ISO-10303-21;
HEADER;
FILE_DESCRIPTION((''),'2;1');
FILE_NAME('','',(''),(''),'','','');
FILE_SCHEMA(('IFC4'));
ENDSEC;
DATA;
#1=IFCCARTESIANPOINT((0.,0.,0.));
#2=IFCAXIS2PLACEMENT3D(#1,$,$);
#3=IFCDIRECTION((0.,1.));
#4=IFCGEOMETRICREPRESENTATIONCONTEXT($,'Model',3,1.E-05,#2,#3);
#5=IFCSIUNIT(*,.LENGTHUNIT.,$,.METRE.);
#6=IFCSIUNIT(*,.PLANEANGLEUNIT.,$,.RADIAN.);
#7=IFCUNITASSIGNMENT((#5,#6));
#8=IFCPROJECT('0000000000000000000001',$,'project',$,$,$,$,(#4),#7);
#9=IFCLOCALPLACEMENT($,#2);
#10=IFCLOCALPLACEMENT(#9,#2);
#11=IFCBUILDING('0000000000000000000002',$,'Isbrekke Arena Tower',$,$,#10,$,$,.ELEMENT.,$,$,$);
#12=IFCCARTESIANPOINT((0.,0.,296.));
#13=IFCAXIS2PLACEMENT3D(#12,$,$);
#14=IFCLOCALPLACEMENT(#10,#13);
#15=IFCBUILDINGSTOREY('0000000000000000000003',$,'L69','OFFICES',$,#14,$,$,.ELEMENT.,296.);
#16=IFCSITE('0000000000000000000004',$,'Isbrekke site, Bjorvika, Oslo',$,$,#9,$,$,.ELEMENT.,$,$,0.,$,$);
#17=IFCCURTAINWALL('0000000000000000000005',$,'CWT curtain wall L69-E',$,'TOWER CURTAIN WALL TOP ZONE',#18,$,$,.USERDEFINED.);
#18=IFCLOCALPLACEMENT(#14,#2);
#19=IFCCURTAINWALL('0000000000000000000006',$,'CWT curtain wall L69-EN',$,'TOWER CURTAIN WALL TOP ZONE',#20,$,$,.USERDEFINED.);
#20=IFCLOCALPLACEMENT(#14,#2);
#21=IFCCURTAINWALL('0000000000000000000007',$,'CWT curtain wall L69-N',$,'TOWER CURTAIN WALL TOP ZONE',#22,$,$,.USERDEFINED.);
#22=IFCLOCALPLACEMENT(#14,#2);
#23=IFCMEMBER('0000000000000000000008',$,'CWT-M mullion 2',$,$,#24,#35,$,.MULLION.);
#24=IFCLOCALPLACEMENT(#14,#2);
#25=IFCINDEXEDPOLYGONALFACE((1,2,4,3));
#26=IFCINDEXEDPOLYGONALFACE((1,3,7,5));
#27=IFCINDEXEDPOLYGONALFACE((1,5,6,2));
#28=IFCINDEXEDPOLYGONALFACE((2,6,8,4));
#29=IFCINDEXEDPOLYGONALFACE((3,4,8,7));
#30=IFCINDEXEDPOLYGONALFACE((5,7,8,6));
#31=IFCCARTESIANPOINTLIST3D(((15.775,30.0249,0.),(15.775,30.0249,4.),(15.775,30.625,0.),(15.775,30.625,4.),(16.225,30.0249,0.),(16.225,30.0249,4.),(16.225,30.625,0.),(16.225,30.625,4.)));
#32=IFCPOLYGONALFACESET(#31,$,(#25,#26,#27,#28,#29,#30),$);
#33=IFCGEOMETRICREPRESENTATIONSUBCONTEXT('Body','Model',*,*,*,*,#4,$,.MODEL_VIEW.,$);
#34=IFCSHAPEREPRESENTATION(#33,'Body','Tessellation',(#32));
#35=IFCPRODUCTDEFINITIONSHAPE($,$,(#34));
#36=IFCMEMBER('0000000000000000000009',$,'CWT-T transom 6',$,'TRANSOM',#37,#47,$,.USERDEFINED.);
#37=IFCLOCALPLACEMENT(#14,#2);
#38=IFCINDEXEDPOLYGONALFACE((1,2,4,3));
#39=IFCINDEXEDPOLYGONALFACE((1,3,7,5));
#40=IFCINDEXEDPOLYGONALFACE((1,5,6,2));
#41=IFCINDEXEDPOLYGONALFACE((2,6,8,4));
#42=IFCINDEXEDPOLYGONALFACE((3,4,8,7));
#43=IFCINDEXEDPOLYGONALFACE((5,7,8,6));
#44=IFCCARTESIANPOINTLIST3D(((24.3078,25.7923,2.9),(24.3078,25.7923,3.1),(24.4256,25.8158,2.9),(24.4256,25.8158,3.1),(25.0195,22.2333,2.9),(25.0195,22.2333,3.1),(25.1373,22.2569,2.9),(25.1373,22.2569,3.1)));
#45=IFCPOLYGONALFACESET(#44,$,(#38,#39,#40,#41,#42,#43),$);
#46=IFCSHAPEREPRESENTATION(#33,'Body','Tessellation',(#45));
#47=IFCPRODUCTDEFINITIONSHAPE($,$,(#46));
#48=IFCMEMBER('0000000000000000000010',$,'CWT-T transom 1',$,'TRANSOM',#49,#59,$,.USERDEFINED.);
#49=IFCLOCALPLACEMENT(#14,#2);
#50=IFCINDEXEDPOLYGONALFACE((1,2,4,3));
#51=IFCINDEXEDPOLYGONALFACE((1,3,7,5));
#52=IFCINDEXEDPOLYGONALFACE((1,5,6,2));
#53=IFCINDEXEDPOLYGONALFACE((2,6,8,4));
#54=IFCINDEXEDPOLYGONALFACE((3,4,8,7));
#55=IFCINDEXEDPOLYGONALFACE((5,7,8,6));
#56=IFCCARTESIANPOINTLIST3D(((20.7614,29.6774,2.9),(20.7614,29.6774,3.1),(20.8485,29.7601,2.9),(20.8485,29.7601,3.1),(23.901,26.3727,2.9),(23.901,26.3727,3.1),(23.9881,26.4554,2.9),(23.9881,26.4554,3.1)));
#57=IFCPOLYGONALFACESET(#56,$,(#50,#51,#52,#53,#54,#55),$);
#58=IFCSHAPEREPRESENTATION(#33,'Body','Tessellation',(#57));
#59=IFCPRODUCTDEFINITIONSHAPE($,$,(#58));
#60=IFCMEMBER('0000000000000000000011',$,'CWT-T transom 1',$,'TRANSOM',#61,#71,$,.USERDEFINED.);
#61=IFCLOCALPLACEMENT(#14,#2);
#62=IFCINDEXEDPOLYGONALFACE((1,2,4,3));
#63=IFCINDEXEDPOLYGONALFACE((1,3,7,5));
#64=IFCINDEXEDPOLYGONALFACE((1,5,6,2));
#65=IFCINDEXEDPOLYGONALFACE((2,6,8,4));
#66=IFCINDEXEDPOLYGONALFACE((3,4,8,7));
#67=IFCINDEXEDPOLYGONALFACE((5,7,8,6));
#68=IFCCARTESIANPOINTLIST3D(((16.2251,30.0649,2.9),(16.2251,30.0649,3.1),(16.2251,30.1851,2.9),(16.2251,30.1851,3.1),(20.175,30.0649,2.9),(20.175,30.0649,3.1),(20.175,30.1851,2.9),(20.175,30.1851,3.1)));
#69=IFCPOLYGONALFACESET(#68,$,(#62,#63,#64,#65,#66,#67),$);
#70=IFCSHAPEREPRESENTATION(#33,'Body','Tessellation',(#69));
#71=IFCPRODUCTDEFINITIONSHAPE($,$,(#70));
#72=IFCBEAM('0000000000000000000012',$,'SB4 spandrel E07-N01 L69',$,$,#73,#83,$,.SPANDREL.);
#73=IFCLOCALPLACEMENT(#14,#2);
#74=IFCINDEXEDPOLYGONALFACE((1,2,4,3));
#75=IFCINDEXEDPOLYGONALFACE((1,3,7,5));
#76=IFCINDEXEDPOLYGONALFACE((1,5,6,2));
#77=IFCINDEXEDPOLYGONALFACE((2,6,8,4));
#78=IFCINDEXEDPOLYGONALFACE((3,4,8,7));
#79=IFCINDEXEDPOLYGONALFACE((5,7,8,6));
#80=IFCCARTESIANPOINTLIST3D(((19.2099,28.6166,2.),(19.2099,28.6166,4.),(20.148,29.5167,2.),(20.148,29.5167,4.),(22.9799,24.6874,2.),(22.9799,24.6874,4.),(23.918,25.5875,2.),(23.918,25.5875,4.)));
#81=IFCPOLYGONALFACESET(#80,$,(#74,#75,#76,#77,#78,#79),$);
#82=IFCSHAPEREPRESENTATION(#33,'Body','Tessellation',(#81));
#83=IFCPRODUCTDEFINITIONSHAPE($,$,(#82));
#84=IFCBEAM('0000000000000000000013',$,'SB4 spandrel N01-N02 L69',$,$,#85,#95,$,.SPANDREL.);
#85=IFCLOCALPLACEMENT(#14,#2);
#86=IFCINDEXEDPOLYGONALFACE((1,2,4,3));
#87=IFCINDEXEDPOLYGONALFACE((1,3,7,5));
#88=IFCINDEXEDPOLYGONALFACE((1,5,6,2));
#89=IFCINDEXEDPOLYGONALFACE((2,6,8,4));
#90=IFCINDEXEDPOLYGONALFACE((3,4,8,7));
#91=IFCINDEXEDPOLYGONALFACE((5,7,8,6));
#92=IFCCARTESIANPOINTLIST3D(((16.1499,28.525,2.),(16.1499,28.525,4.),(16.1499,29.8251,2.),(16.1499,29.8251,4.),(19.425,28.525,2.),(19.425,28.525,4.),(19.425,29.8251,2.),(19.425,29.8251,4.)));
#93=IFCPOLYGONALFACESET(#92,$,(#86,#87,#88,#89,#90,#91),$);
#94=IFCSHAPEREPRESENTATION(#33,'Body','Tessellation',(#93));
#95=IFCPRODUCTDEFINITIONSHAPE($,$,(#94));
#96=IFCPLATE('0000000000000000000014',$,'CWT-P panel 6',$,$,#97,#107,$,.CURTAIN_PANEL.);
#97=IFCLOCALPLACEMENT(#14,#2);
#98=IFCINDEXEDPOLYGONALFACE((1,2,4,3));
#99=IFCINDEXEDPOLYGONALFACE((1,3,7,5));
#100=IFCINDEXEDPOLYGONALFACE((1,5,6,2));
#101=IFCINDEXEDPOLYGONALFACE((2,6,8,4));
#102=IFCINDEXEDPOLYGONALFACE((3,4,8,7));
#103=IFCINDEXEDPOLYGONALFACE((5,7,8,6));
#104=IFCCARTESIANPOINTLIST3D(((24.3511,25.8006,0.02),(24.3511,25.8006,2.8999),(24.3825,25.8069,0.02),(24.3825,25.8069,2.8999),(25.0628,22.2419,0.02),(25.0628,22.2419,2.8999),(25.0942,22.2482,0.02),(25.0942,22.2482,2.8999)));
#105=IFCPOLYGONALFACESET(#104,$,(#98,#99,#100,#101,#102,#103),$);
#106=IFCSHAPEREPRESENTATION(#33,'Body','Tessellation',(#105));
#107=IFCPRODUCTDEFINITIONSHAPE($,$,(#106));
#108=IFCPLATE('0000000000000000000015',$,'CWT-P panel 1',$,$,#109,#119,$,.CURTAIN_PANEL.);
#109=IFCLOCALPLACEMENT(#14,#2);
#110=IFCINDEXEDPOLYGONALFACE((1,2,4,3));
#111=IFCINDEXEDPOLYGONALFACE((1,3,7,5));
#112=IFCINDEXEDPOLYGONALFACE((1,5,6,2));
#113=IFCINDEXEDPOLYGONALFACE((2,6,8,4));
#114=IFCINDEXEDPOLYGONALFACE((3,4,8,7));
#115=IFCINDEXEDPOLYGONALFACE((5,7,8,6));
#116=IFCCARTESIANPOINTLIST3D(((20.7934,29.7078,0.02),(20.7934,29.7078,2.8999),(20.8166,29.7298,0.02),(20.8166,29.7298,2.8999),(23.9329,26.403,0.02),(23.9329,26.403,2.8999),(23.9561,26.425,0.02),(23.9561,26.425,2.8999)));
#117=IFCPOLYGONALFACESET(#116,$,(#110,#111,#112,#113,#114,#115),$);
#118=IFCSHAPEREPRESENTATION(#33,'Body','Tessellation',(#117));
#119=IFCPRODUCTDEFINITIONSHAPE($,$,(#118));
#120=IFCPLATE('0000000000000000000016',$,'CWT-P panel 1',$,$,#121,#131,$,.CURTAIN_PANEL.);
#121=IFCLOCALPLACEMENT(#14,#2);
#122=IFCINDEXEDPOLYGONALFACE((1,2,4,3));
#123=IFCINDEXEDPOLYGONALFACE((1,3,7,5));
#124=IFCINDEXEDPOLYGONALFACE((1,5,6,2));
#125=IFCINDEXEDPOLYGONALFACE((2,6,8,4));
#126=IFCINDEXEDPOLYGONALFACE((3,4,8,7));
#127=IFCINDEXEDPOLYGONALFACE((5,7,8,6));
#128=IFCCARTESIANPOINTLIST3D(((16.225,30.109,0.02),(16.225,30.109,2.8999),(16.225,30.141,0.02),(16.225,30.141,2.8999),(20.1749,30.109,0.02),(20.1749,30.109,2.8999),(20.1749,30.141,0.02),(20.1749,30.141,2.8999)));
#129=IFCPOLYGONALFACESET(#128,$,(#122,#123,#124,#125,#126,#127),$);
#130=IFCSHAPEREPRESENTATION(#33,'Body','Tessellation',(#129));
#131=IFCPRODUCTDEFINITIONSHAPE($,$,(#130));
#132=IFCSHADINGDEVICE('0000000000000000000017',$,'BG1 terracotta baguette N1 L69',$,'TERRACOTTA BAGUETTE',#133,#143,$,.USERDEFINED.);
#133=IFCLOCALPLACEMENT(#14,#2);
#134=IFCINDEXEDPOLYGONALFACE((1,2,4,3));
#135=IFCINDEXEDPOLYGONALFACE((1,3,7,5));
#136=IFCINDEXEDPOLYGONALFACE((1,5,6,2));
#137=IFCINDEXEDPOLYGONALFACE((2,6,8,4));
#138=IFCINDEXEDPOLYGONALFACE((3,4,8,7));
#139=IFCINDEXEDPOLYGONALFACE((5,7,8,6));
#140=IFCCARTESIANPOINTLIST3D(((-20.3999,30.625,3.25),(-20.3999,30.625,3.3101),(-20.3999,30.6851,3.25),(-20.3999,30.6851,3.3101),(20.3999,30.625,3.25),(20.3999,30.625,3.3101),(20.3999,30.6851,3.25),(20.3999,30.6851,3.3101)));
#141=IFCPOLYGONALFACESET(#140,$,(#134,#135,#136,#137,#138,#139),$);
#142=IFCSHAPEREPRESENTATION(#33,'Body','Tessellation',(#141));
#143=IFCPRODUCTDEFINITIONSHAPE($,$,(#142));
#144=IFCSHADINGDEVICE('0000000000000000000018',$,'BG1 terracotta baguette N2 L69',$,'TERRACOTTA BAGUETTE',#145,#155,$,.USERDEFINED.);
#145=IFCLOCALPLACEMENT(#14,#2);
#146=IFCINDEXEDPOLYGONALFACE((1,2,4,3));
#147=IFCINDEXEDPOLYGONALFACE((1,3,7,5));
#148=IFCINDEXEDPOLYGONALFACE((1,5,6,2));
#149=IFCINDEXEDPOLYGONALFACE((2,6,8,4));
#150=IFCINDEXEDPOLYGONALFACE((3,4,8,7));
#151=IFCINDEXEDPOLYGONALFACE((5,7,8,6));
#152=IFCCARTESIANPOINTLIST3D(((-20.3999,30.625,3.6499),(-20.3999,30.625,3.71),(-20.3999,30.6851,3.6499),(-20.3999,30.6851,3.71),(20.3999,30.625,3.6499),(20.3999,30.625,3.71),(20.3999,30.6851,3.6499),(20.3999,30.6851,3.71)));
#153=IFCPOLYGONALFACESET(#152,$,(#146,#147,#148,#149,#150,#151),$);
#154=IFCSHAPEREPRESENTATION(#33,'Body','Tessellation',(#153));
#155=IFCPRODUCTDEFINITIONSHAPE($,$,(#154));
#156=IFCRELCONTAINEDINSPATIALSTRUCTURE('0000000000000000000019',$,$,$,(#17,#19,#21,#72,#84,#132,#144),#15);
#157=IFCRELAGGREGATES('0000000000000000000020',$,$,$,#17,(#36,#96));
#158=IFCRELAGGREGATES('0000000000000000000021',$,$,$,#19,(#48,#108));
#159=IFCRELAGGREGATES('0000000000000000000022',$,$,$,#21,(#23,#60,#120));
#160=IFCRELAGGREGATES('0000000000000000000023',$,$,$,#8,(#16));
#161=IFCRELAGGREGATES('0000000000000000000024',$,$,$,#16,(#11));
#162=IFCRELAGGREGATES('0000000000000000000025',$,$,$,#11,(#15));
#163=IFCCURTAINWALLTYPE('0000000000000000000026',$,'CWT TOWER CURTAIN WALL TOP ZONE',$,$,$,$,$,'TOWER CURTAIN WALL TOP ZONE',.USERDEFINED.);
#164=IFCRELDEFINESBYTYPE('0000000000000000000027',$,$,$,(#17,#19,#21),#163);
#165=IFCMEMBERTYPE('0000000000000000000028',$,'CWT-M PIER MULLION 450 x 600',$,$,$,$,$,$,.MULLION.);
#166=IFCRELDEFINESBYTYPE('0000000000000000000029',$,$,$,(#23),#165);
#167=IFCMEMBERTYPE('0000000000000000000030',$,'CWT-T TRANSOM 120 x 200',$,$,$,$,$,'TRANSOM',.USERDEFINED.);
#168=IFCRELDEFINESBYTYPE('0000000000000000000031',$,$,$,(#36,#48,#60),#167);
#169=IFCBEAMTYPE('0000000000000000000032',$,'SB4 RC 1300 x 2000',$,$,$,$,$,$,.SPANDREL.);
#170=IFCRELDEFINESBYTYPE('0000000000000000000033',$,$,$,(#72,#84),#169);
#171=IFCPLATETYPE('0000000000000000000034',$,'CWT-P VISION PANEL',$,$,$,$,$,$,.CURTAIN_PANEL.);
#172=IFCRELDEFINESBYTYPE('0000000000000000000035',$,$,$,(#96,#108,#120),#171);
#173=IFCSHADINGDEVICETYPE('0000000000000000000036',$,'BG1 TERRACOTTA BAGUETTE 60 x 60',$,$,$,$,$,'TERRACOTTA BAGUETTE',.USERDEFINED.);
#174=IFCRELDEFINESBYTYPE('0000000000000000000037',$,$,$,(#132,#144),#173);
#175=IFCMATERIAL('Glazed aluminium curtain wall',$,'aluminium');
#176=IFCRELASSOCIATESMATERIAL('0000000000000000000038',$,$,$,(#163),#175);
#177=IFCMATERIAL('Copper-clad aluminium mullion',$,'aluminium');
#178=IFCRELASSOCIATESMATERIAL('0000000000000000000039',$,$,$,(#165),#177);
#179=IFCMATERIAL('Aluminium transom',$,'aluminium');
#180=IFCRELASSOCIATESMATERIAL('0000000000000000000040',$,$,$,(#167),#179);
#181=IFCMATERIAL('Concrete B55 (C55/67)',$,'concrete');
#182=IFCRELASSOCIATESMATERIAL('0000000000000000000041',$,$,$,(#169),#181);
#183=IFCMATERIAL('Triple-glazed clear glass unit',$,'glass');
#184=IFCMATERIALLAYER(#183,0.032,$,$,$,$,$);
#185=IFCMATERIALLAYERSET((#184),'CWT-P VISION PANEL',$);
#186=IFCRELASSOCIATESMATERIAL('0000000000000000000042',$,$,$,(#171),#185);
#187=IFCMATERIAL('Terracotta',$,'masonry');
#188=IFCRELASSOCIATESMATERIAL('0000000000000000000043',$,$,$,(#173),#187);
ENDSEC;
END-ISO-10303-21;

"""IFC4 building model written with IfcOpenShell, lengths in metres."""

from ifc_helpers import new_model, si_unit, direction, frame, origin, origin_2d, place, context, subcontext, project, spatial, rectangle, extrude, material, layer, layer_set, material_profile, profile_set, type_object, element, aggregate, save


model = new_model("IFC4")

# Units and contexts
model_context = context("Model", 3, precision=1e-05, world=origin(), true_north=direction((0.0, 1.0)))
body_context = subcontext(model_context, "Body", "Model", "MODEL_VIEW")
ifc_project = project(units=[si_unit("LENGTHUNIT", "METRE"), si_unit("PLANEANGLEUNIT", "RADIAN")], contexts=[model_context])

# Site, building, storey
site_placement = place(None, origin())
site = spatial("IfcSite", under=ifc_project, at=site_placement, Name="Isbrekke site, Bjorvika, Oslo", CompositionType="ELEMENT", RefElevation=0.0)
building_placement = place(site_placement, origin())
building = spatial("IfcBuilding", under=site, at=building_placement, Name="Isbrekke Arena Tower", CompositionType="ELEMENT")
storey_placement = place(building_placement, frame((0.0, 0.0, 296.0)))
storey = spatial("IfcBuildingStorey", under=building, at=storey_placement, Name="L69", Description="OFFICES", CompositionType="ELEMENT", Elevation=296.0)

# Curtain wall
ifc_material_1 = material(Name="Glazed aluminium curtain wall", Category="aluminium")
curtain_wall_type = type_object("IfcCurtainWallType", Name="CWT TOWER CURTAIN WALL TOP ZONE", ElementType="TOWER CURTAIN WALL TOP ZONE", PredefinedType="USERDEFINED", material=ifc_material_1)
curtain_wall_1_placement = place(storey_placement, origin())
curtain_wall_1 = element("IfcCurtainWall", 1, at=curtain_wall_1_placement, inside=storey, type_object=curtain_wall_type, Name="CWT curtain wall L69-E", ObjectType="TOWER CURTAIN WALL TOP ZONE", PredefinedType="USERDEFINED")
ifc_material_2 = material(Name="Copper-clad aluminium mullion", Category="aluminium")
ifc_material_profile_1 = material_profile(ifc_material_2, rectangle(XDim=0.45, YDim=0.6001, at=origin_2d()), Name="PIER 450X600")
ifc_profile_set_1 = profile_set([ifc_material_profile_1], Name="Copper-clad aluminium mullion")
member_type_1 = type_object("IfcMemberType", Name="CWT-M PIER MULLION 450 x 600", PredefinedType="MULLION", material=ifc_profile_set_1)

# Curtain walls, member
curtain_wall_2_placement = place(storey_placement, origin())
curtain_wall_2 = element("IfcCurtainWall", 2, at=curtain_wall_2_placement, inside=storey, type_object=curtain_wall_type, Name="CWT curtain wall L69-EN", ObjectType="TOWER CURTAIN WALL TOP ZONE", PredefinedType="USERDEFINED")
curtain_wall_3_placement = place(storey_placement, origin())
curtain_wall_3 = element("IfcCurtainWall", 3, at=curtain_wall_3_placement, inside=storey, type_object=curtain_wall_type, Name="CWT curtain wall L69-N", ObjectType="TOWER CURTAIN WALL TOP ZONE", PredefinedType="USERDEFINED")
member_1_placement = place(storey_placement, frame((16.0, 30.325, 0.0), z_axis=(0.0, 0.0, 1.0), x_axis=(-1.0, 0.0, 0.0)))
member_1 = element("IfcMember", 4, at=member_1_placement, type_object=member_type_1, Name="CWT-M mullion 2", PredefinedType="MULLION", context=body_context, shape_type="SweptSolid", body=[
    extrude(rectangle(XDim=0.45, YDim=0.6001, at=origin_2d()), origin(), (0.0, 0.0, 1.0), 4.0),
])

# Members
ifc_material_3 = material(Name="Aluminium transom", Category="aluminium")
ifc_material_profile_2 = material_profile(ifc_material_3, rectangle(XDim=0.1201, YDim=0.2, at=origin_2d()), Name="TRANSOM 120X200")
ifc_profile_set_2 = profile_set([ifc_material_profile_2], Name="Aluminium transom")
member_type_2 = type_object("IfcMemberType", Name="CWT-T TRANSOM 120 x 200", ElementType="TRANSOM", PredefinedType="USERDEFINED", material=ifc_profile_set_2)
member_2_placement = place(storey_placement, frame((25.0784, 22.2451, 3.0), z_axis=(-0.19609, 0.980586, 0.0), x_axis=(-0.980586, -0.19609, 0.0)))
member_2 = element("IfcMember", 5, at=member_2_placement, type_object=member_type_2, Name="CWT-T transom 6", ObjectType="TRANSOM", PredefinedType="USERDEFINED", context=body_context, shape_type="SweptSolid", body=[
    extrude(rectangle(XDim=0.1201, YDim=0.2, at=origin_2d()), origin(), (0.0, 0.0, 1.0), 3.6294),
])
member_3_placement = place(storey_placement, frame((23.9446, 26.4141, 3.0), z_axis=(-0.688772, 0.724978, 0.0), x_axis=(-0.724978, -0.688772, 0.0)))
member_3 = element("IfcMember", 6, at=member_3_placement, type_object=member_type_2, Name="CWT-T transom 1", ObjectType="TRANSOM", PredefinedType="USERDEFINED", context=body_context, shape_type="SweptSolid", body=[
    extrude(rectangle(XDim=0.1201, YDim=0.2, at=origin_2d()), origin(), (0.0, 0.0, 1.0), 4.5583),
])
member_4_placement = place(storey_placement, frame((20.175, 30.125, 3.0), z_axis=(-1.0, 0.0, 0.0), x_axis=(0.0, -1.0, 0.0)))
member_4 = element("IfcMember", 7, at=member_4_placement, type_object=member_type_2, Name="CWT-T transom 1", ObjectType="TRANSOM", PredefinedType="USERDEFINED", context=body_context, shape_type="SweptSolid", body=[
    extrude(rectangle(XDim=0.1201, YDim=0.2, at=origin_2d()), origin(), (0.0, 0.0, 1.0), 3.95),
])

# Beams
ifc_material_4 = material(Name="Concrete B55 (C55/67)", Category="concrete")
ifc_material_profile_3 = material_profile(ifc_material_4, rectangle(XDim=1.3, YDim=2.0, at=origin_2d()), Name="RC 1300x2000")
ifc_profile_set_3 = profile_set([ifc_material_profile_3], Name="Concrete B55 (C55/67)")
beam_type_1 = type_object("IfcBeamType", Name="SB4 RC 1300 x 2000", PredefinedType="SPANDREL", material=ifc_profile_set_3)
beam_1_placement = place(storey_placement, frame((23.449, 25.1375, 3.0), z_axis=(-0.69234, 0.721572, 0.0), x_axis=(-0.721572, -0.69234, 0.0)))
element("IfcBeam", 8, at=beam_1_placement, inside=storey, type_object=beam_type_1, Name="SB4 spandrel E07-N01 L69", PredefinedType="SPANDREL", context=body_context, shape_type="SweptSolid", body=[
    extrude(rectangle(XDim=1.3, YDim=2.0, at=origin_2d()), origin(), (0.0, 0.0, 1.0), 5.4453),
])
beam_2_placement = place(storey_placement, frame((19.425, 29.175, 3.0), z_axis=(-1.0, 0.0, 0.0), x_axis=(0.0, -1.0, 0.0)))
element("IfcBeam", 9, at=beam_2_placement, inside=storey, type_object=beam_type_1, Name="SB4 spandrel N01-N02 L69", PredefinedType="SPANDREL", context=body_context, shape_type="SweptSolid", body=[
    extrude(rectangle(XDim=1.3, YDim=2.0, at=origin_2d()), origin(), (0.0, 0.0, 1.0), 3.2751),
])

# Plates
ifc_material_5 = material(Name="Triple-glazed clear glass unit", Category="glass")
ifc_layer = layer(ifc_material_5, 0.032)
ifc_layer_set = layer_set([ifc_layer], Name="CWT-P VISION PANEL")
plate_type = type_object("IfcPlateType", Name="CWT-P VISION PANEL", PredefinedType="CURTAIN_PANEL", material=ifc_layer_set)
plate_1_placement = place(storey_placement, frame((24.7227, 24.0244, 0.02), z_axis=(0.0, 0.0, 1.0), x_axis=(-0.196116, 0.980581, 0.0)))
plate_1 = element("IfcPlate", 10, at=plate_1_placement, type_object=plate_type, Name="CWT-P panel 6", PredefinedType="CURTAIN_PANEL", context=body_context, shape_type="SweptSolid", body=[
    extrude(rectangle(XDim=3.6292, YDim=0.032, at=origin_2d()), origin(), (0.0, 0.0, 1.0), 2.8799),
])
aggregate(curtain_wall_1, [member_2, plate_1])
plate_2_placement = place(storey_placement, frame((22.3748, 28.0664, 0.02), z_axis=(0.0, 0.0, 1.0), x_axis=(-0.688749, 0.724999, 0.0)))
plate_2 = element("IfcPlate", 11, at=plate_2_placement, type_object=plate_type, Name="CWT-P panel 1", PredefinedType="CURTAIN_PANEL", context=body_context, shape_type="SweptSolid", body=[
    extrude(rectangle(XDim=4.5583, YDim=0.032, at=origin_2d()), origin(), (0.0, 0.0, 1.0), 2.8799),
])
aggregate(curtain_wall_2, [member_3, plate_2])
plate_3_placement = place(storey_placement, frame((18.2, 30.125, 0.02), z_axis=(0.0, 0.0, 1.0), x_axis=(-1.0, 0.0, 0.0)))
plate_3 = element("IfcPlate", 12, at=plate_3_placement, type_object=plate_type, Name="CWT-P panel 1", PredefinedType="CURTAIN_PANEL", context=body_context, shape_type="SweptSolid", body=[
    extrude(rectangle(XDim=3.95, YDim=0.032, at=origin_2d()), origin(), (0.0, 0.0, 1.0), 2.8799),
])
aggregate(curtain_wall_3, [member_1, member_4, plate_3])

# Shading devices
ifc_material_6 = material(Name="Terracotta", Category="masonry")
ifc_material_profile_4 = material_profile(ifc_material_6, rectangle(XDim=0.0601, YDim=0.0601, at=origin_2d()), Name="BAGUETTE 60X60")
ifc_profile_set_4 = profile_set([ifc_material_profile_4], Name="Terracotta")
shading_device_type = type_object("IfcShadingDeviceType", Name="BG1 TERRACOTTA BAGUETTE 60 x 60", ElementType="TERRACOTTA BAGUETTE", PredefinedType="USERDEFINED", material=ifc_profile_set_4)
for number, where, z_axis, x_axis, name in (
    (13, (20.3999, 30.655, 3.28), (-1.0, 0.0, 0.0), (0.0, -1.0, 0.0), "BG1 terracotta baguette N1 L69"),
    (14, (20.3999, 30.655, 3.6799), (-1.0, 0.0, 0.0), (0.0, -1.0, 0.0), "BG1 terracotta baguette N2 L69"),
):
    element("IfcShadingDevice", number, at=place(storey_placement, frame(where, z_axis=z_axis, x_axis=x_axis)), inside=storey, type_object=shading_device_type, Name=name, ObjectType="TERRACOTTA BAGUETTE", PredefinedType="USERDEFINED", context=body_context, shape_type="SweptSolid", body=[
        extrude(rectangle(XDim=0.0601, YDim=0.0601, at=origin_2d()), origin(), (0.0, 0.0, 1.0), 40.7998),
    ])

save(model, "model.ifc")
